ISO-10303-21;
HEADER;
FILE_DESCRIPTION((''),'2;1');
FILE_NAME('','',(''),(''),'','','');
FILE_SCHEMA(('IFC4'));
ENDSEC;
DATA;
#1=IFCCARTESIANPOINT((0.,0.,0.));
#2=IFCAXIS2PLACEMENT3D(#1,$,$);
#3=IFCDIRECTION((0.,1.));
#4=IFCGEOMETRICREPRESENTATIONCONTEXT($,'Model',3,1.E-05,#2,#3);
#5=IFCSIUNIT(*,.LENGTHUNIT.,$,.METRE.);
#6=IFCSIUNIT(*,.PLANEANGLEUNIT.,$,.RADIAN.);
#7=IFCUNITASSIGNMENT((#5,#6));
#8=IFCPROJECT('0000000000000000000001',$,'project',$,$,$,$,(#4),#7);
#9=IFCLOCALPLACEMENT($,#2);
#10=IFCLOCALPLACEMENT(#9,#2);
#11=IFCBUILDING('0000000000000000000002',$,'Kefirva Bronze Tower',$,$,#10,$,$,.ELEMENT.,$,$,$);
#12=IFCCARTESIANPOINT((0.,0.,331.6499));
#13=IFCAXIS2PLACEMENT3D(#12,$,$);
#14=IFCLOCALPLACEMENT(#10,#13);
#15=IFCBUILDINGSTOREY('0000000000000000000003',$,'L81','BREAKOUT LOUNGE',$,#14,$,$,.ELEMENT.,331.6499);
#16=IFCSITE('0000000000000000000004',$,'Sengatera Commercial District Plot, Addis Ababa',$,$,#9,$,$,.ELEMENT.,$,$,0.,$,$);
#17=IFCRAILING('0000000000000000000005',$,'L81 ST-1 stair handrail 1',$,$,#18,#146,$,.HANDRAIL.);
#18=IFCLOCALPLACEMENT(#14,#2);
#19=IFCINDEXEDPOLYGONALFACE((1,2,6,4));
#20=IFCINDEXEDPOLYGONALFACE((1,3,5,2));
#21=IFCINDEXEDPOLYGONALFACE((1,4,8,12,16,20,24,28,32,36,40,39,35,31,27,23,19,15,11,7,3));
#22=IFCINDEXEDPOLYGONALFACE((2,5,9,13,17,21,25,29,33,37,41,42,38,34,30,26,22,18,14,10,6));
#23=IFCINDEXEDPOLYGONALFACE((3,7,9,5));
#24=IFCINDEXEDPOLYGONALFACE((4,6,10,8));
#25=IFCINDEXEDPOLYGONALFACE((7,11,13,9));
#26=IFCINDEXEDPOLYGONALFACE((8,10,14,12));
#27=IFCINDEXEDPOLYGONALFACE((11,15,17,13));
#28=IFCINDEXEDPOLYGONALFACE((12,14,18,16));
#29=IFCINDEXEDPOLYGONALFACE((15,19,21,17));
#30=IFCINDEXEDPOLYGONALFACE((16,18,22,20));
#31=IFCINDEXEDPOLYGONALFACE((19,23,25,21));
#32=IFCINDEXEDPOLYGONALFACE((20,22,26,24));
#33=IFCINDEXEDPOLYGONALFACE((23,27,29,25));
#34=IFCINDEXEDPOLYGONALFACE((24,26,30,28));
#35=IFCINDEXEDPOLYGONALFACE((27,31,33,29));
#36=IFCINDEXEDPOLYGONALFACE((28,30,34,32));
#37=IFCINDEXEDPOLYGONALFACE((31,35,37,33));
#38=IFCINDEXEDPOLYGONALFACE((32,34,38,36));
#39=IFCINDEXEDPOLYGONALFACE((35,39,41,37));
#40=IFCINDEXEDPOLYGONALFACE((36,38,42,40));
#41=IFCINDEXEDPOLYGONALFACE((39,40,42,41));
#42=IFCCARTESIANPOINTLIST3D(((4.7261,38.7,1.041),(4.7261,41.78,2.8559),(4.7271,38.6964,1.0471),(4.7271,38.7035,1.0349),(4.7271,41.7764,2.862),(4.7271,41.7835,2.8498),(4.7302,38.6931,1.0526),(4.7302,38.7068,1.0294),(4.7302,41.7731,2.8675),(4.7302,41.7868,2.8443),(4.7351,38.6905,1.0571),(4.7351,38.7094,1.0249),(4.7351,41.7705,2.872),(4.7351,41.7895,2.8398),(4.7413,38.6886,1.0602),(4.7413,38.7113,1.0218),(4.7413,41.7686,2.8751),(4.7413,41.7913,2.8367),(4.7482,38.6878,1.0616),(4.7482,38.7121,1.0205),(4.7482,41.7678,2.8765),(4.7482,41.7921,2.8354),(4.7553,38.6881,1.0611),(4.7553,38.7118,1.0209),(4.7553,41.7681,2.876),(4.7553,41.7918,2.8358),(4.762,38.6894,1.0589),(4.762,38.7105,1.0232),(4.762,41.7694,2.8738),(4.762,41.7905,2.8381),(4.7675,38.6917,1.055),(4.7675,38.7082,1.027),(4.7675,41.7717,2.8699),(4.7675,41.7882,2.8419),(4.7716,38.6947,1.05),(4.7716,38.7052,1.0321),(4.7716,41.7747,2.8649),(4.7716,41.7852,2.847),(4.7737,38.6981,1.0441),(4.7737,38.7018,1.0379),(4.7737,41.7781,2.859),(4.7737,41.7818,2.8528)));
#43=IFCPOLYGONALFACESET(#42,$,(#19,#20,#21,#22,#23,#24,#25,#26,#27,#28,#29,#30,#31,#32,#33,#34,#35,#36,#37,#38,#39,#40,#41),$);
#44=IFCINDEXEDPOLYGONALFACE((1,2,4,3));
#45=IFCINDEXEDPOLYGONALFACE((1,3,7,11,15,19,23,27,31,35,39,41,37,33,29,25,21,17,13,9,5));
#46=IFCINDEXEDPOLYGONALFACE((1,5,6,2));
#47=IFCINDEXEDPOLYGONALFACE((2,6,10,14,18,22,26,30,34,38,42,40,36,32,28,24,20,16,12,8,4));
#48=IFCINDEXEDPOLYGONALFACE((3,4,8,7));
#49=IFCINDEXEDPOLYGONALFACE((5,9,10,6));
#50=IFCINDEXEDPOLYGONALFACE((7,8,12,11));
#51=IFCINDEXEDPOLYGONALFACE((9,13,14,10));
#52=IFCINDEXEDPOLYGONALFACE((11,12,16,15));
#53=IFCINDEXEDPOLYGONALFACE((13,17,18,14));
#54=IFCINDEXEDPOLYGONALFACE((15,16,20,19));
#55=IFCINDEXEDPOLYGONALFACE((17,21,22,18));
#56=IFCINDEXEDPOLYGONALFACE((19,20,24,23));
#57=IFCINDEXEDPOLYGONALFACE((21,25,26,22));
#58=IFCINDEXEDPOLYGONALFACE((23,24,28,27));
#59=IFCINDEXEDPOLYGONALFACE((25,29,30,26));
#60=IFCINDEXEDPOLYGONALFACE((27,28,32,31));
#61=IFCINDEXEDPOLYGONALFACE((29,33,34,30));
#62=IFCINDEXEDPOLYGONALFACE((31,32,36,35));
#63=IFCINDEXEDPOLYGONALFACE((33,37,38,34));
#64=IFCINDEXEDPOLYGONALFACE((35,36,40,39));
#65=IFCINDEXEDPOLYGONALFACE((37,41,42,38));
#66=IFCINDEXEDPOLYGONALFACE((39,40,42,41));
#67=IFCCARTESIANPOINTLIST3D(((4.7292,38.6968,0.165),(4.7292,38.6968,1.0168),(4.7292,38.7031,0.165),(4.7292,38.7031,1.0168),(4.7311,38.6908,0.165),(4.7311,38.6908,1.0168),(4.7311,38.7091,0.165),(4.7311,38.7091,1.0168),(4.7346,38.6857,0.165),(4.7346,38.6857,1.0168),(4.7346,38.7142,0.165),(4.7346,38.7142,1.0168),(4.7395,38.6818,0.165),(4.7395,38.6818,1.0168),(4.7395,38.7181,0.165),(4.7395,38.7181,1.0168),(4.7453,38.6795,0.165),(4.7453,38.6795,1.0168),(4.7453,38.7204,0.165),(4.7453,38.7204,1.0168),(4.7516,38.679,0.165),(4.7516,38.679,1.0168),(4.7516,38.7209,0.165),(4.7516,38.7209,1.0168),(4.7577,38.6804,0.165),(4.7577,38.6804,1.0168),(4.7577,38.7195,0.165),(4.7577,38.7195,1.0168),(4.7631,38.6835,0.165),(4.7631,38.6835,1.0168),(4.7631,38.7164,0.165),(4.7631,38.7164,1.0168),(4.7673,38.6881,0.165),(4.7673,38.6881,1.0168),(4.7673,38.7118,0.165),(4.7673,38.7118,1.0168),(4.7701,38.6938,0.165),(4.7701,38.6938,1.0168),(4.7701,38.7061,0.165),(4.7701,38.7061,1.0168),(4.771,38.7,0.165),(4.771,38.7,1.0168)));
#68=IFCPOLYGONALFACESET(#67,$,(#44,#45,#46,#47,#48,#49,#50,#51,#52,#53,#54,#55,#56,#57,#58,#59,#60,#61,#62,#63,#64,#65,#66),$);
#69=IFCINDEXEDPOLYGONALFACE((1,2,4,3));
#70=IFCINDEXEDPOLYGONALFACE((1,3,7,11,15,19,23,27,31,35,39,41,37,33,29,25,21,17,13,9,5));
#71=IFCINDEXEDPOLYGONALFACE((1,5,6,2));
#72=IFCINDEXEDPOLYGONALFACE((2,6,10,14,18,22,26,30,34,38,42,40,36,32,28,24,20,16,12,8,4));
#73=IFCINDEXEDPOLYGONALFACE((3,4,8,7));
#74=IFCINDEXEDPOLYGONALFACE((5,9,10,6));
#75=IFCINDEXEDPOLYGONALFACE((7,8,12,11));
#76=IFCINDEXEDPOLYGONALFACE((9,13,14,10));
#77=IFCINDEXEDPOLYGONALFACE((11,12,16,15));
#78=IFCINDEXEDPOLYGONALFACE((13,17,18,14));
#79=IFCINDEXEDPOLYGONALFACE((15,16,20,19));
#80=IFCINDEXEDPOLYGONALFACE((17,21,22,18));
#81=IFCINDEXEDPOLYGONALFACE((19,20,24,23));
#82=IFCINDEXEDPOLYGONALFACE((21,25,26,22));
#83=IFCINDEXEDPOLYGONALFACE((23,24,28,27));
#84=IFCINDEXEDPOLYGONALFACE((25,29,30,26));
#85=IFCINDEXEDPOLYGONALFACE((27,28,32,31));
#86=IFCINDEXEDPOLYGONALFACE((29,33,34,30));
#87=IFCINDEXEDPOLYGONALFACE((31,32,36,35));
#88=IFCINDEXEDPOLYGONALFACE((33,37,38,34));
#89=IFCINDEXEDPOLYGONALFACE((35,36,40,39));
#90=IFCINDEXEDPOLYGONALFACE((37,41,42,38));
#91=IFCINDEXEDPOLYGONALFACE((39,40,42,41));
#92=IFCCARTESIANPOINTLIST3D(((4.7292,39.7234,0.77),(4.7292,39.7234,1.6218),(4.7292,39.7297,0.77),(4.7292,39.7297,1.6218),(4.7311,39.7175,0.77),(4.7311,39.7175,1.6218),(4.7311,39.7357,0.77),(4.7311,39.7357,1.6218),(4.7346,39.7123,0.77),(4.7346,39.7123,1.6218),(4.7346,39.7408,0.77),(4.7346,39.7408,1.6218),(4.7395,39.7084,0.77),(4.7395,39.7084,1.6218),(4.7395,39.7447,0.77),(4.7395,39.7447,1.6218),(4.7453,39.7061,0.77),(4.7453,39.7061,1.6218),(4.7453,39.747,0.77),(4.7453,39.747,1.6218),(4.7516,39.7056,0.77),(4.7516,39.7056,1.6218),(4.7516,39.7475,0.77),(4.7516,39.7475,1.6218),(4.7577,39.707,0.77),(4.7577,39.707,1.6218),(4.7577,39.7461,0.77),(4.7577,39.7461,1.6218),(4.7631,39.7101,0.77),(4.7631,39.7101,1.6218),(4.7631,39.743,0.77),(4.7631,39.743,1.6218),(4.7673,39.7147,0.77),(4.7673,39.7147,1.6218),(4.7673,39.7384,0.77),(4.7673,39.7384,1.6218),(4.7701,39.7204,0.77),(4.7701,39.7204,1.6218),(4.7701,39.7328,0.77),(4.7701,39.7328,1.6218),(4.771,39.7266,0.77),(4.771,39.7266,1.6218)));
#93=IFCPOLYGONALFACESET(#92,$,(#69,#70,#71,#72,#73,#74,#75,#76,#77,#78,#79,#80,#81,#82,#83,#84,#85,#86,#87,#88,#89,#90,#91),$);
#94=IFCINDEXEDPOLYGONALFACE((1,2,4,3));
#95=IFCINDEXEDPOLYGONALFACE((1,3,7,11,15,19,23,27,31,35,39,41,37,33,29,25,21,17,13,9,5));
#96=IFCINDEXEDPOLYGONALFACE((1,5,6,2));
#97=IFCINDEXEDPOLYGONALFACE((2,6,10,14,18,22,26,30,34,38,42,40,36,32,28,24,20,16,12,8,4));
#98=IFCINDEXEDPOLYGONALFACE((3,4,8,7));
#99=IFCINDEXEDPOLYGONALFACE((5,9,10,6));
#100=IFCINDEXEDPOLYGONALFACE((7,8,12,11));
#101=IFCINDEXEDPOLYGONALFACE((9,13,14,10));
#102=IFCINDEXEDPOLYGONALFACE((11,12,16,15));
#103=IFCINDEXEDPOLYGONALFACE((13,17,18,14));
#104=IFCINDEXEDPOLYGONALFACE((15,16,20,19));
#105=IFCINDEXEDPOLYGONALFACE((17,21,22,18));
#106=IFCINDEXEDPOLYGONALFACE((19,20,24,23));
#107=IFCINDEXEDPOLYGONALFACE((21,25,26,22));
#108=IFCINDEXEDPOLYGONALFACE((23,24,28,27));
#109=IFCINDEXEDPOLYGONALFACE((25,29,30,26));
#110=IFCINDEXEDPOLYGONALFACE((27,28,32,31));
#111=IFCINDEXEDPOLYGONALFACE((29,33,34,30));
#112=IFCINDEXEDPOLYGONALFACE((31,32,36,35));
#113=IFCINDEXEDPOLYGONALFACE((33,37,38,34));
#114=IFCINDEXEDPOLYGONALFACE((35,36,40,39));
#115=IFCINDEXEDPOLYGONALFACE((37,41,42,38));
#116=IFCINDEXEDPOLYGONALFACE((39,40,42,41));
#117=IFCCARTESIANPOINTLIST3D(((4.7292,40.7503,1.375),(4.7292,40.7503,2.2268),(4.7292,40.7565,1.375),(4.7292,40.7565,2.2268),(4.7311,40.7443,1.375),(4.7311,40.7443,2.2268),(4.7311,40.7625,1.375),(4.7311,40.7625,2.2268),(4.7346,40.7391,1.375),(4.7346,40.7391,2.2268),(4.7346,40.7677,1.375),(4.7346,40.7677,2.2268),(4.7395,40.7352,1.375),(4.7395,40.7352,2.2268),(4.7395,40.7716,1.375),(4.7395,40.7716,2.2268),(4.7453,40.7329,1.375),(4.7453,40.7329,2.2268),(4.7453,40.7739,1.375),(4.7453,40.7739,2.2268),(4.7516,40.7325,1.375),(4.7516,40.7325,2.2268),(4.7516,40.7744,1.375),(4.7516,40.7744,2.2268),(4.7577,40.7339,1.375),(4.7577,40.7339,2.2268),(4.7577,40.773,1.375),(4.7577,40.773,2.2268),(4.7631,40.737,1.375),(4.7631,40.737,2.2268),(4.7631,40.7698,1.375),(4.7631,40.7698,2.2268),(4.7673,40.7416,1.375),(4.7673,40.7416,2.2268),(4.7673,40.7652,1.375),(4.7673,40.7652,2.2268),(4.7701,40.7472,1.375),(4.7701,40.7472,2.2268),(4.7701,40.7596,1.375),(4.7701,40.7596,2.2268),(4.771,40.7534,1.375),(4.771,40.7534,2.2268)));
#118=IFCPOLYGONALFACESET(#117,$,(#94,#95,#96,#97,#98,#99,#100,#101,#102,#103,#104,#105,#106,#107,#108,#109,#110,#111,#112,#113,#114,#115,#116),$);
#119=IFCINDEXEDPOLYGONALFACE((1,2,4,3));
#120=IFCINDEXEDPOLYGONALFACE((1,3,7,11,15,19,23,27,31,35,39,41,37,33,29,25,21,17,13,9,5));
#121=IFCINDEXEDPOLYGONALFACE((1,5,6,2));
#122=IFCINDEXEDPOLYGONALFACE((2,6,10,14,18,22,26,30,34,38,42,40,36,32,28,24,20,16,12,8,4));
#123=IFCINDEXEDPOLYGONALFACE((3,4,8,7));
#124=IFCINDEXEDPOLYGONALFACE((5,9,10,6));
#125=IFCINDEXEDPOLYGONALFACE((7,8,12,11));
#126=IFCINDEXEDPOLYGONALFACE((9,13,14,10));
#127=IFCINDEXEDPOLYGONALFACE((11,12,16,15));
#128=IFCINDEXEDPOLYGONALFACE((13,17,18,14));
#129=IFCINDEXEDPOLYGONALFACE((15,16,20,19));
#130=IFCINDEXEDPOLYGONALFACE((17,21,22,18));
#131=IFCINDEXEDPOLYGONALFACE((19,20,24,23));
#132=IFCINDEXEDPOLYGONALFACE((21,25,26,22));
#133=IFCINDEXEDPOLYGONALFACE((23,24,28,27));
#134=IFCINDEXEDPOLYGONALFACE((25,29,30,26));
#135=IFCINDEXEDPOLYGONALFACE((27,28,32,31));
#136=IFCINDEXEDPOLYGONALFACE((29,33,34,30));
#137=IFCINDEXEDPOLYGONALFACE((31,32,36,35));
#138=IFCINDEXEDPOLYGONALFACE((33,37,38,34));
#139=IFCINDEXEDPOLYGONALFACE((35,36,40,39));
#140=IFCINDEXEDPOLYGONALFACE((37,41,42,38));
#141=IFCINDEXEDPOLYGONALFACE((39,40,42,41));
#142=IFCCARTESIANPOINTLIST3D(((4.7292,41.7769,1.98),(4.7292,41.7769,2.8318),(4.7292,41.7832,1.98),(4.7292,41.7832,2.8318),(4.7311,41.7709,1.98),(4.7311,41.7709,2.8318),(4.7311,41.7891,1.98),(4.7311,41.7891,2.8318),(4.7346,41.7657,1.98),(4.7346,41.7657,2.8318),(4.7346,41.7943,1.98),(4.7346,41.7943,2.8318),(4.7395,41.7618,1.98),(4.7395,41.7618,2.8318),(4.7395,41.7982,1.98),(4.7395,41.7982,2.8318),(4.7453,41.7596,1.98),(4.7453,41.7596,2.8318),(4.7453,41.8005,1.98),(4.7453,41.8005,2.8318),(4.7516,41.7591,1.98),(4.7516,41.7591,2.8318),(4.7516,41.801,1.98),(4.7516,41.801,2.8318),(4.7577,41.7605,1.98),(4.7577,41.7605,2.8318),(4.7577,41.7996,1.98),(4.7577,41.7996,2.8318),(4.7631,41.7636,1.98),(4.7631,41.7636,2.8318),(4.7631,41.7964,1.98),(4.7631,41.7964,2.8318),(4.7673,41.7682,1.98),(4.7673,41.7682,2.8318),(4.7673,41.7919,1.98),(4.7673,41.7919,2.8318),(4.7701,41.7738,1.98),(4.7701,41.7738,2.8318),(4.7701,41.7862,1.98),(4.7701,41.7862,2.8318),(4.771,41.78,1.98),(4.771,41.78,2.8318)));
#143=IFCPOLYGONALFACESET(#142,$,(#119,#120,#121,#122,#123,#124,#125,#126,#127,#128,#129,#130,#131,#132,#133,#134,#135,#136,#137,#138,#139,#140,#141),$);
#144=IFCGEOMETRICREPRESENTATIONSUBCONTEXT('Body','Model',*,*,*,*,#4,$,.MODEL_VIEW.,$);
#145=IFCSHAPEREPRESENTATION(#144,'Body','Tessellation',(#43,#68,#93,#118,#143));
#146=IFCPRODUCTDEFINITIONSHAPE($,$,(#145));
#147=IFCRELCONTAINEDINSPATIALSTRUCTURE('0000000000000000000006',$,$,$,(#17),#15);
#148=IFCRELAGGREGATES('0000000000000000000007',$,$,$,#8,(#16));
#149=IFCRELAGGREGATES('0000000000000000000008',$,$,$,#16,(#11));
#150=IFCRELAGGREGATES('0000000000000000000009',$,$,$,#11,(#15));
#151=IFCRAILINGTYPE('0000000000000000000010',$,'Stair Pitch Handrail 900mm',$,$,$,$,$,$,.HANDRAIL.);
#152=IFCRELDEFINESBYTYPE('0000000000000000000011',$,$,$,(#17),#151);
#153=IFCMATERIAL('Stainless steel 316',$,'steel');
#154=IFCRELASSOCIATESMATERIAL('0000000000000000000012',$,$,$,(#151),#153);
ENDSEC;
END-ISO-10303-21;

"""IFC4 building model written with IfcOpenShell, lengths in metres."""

from ifc_helpers import new_model, si_unit, direction, frame, origin, origin_2d, place, context, subcontext, project, spatial, circle, extrude, material, type_object, element, save


model = new_model("IFC4")

# Units and contexts
model_context = context("Model", 3, precision=1e-05, world=origin(), true_north=direction((0.0, 1.0)))
body_context = subcontext(model_context, "Body", "Model", "MODEL_VIEW")
ifc_project = project(units=[si_unit("LENGTHUNIT", "METRE"), si_unit("PLANEANGLEUNIT", "RADIAN")], contexts=[model_context])

# Site, building, storey
site_placement = place(None, origin())
site = spatial("IfcSite", under=ifc_project, at=site_placement, Name="Sengatera Commercial District Plot, Addis Ababa", CompositionType="ELEMENT", RefElevation=0.0)
building_placement = place(site_placement, origin())
building = spatial("IfcBuilding", under=site, at=building_placement, Name="Kefirva Bronze Tower", CompositionType="ELEMENT")
storey_placement = place(building_placement, frame((0.0, 0.0, 331.6499)))
storey = spatial("IfcBuildingStorey", under=building, at=storey_placement, Name="L81", Description="BREAKOUT LOUNGE", CompositionType="ELEMENT", Elevation=331.6499)

# Shared definitions
ifc_material_1 = material(Name="Stainless steel 316", Category="steel")

# Railing
railing_type_1 = type_object("IfcRailingType", Name="Stair Pitch Handrail 900mm", PredefinedType="HANDRAIL", material=ifc_material_1)
railing_1_placement = place(storey_placement, frame((4.75, 38.7, 0.165)))
element("IfcRailing", 1, at=railing_1_placement, inside=storey, type_object=railing_type_1, Name="L81 ST-1 stair handrail 1", PredefinedType="HANDRAIL", context=body_context, shape_type="SweptSolid", body=[
    extrude(circle(Radius=0.0239, at=origin_2d()), frame((0.0, 0.0, 0.876), z_axis=(0.0, 0.861551, 0.507671), x_axis=(-1.0, 0.0, 0.0)), (0.0, 0.0, 1.0), 3.575),
    extrude(circle(Radius=0.021, at=origin_2d()), origin(), (0.0, 0.0, 1.0), 0.8518),
    extrude(circle(Radius=0.021, at=origin_2d()), frame((0.0, 1.0266, 0.605)), (0.0, 0.0, 1.0), 0.8518),
    extrude(circle(Radius=0.021, at=origin_2d()), frame((0.0, 2.0535, 1.21)), (0.0, 0.0, 1.0), 0.8518),
    extrude(circle(Radius=0.021, at=origin_2d()), frame((0.0, 3.0801, 1.8149)), (0.0, 0.0, 1.0), 0.8518),
])

save(model, "model.ifc")
